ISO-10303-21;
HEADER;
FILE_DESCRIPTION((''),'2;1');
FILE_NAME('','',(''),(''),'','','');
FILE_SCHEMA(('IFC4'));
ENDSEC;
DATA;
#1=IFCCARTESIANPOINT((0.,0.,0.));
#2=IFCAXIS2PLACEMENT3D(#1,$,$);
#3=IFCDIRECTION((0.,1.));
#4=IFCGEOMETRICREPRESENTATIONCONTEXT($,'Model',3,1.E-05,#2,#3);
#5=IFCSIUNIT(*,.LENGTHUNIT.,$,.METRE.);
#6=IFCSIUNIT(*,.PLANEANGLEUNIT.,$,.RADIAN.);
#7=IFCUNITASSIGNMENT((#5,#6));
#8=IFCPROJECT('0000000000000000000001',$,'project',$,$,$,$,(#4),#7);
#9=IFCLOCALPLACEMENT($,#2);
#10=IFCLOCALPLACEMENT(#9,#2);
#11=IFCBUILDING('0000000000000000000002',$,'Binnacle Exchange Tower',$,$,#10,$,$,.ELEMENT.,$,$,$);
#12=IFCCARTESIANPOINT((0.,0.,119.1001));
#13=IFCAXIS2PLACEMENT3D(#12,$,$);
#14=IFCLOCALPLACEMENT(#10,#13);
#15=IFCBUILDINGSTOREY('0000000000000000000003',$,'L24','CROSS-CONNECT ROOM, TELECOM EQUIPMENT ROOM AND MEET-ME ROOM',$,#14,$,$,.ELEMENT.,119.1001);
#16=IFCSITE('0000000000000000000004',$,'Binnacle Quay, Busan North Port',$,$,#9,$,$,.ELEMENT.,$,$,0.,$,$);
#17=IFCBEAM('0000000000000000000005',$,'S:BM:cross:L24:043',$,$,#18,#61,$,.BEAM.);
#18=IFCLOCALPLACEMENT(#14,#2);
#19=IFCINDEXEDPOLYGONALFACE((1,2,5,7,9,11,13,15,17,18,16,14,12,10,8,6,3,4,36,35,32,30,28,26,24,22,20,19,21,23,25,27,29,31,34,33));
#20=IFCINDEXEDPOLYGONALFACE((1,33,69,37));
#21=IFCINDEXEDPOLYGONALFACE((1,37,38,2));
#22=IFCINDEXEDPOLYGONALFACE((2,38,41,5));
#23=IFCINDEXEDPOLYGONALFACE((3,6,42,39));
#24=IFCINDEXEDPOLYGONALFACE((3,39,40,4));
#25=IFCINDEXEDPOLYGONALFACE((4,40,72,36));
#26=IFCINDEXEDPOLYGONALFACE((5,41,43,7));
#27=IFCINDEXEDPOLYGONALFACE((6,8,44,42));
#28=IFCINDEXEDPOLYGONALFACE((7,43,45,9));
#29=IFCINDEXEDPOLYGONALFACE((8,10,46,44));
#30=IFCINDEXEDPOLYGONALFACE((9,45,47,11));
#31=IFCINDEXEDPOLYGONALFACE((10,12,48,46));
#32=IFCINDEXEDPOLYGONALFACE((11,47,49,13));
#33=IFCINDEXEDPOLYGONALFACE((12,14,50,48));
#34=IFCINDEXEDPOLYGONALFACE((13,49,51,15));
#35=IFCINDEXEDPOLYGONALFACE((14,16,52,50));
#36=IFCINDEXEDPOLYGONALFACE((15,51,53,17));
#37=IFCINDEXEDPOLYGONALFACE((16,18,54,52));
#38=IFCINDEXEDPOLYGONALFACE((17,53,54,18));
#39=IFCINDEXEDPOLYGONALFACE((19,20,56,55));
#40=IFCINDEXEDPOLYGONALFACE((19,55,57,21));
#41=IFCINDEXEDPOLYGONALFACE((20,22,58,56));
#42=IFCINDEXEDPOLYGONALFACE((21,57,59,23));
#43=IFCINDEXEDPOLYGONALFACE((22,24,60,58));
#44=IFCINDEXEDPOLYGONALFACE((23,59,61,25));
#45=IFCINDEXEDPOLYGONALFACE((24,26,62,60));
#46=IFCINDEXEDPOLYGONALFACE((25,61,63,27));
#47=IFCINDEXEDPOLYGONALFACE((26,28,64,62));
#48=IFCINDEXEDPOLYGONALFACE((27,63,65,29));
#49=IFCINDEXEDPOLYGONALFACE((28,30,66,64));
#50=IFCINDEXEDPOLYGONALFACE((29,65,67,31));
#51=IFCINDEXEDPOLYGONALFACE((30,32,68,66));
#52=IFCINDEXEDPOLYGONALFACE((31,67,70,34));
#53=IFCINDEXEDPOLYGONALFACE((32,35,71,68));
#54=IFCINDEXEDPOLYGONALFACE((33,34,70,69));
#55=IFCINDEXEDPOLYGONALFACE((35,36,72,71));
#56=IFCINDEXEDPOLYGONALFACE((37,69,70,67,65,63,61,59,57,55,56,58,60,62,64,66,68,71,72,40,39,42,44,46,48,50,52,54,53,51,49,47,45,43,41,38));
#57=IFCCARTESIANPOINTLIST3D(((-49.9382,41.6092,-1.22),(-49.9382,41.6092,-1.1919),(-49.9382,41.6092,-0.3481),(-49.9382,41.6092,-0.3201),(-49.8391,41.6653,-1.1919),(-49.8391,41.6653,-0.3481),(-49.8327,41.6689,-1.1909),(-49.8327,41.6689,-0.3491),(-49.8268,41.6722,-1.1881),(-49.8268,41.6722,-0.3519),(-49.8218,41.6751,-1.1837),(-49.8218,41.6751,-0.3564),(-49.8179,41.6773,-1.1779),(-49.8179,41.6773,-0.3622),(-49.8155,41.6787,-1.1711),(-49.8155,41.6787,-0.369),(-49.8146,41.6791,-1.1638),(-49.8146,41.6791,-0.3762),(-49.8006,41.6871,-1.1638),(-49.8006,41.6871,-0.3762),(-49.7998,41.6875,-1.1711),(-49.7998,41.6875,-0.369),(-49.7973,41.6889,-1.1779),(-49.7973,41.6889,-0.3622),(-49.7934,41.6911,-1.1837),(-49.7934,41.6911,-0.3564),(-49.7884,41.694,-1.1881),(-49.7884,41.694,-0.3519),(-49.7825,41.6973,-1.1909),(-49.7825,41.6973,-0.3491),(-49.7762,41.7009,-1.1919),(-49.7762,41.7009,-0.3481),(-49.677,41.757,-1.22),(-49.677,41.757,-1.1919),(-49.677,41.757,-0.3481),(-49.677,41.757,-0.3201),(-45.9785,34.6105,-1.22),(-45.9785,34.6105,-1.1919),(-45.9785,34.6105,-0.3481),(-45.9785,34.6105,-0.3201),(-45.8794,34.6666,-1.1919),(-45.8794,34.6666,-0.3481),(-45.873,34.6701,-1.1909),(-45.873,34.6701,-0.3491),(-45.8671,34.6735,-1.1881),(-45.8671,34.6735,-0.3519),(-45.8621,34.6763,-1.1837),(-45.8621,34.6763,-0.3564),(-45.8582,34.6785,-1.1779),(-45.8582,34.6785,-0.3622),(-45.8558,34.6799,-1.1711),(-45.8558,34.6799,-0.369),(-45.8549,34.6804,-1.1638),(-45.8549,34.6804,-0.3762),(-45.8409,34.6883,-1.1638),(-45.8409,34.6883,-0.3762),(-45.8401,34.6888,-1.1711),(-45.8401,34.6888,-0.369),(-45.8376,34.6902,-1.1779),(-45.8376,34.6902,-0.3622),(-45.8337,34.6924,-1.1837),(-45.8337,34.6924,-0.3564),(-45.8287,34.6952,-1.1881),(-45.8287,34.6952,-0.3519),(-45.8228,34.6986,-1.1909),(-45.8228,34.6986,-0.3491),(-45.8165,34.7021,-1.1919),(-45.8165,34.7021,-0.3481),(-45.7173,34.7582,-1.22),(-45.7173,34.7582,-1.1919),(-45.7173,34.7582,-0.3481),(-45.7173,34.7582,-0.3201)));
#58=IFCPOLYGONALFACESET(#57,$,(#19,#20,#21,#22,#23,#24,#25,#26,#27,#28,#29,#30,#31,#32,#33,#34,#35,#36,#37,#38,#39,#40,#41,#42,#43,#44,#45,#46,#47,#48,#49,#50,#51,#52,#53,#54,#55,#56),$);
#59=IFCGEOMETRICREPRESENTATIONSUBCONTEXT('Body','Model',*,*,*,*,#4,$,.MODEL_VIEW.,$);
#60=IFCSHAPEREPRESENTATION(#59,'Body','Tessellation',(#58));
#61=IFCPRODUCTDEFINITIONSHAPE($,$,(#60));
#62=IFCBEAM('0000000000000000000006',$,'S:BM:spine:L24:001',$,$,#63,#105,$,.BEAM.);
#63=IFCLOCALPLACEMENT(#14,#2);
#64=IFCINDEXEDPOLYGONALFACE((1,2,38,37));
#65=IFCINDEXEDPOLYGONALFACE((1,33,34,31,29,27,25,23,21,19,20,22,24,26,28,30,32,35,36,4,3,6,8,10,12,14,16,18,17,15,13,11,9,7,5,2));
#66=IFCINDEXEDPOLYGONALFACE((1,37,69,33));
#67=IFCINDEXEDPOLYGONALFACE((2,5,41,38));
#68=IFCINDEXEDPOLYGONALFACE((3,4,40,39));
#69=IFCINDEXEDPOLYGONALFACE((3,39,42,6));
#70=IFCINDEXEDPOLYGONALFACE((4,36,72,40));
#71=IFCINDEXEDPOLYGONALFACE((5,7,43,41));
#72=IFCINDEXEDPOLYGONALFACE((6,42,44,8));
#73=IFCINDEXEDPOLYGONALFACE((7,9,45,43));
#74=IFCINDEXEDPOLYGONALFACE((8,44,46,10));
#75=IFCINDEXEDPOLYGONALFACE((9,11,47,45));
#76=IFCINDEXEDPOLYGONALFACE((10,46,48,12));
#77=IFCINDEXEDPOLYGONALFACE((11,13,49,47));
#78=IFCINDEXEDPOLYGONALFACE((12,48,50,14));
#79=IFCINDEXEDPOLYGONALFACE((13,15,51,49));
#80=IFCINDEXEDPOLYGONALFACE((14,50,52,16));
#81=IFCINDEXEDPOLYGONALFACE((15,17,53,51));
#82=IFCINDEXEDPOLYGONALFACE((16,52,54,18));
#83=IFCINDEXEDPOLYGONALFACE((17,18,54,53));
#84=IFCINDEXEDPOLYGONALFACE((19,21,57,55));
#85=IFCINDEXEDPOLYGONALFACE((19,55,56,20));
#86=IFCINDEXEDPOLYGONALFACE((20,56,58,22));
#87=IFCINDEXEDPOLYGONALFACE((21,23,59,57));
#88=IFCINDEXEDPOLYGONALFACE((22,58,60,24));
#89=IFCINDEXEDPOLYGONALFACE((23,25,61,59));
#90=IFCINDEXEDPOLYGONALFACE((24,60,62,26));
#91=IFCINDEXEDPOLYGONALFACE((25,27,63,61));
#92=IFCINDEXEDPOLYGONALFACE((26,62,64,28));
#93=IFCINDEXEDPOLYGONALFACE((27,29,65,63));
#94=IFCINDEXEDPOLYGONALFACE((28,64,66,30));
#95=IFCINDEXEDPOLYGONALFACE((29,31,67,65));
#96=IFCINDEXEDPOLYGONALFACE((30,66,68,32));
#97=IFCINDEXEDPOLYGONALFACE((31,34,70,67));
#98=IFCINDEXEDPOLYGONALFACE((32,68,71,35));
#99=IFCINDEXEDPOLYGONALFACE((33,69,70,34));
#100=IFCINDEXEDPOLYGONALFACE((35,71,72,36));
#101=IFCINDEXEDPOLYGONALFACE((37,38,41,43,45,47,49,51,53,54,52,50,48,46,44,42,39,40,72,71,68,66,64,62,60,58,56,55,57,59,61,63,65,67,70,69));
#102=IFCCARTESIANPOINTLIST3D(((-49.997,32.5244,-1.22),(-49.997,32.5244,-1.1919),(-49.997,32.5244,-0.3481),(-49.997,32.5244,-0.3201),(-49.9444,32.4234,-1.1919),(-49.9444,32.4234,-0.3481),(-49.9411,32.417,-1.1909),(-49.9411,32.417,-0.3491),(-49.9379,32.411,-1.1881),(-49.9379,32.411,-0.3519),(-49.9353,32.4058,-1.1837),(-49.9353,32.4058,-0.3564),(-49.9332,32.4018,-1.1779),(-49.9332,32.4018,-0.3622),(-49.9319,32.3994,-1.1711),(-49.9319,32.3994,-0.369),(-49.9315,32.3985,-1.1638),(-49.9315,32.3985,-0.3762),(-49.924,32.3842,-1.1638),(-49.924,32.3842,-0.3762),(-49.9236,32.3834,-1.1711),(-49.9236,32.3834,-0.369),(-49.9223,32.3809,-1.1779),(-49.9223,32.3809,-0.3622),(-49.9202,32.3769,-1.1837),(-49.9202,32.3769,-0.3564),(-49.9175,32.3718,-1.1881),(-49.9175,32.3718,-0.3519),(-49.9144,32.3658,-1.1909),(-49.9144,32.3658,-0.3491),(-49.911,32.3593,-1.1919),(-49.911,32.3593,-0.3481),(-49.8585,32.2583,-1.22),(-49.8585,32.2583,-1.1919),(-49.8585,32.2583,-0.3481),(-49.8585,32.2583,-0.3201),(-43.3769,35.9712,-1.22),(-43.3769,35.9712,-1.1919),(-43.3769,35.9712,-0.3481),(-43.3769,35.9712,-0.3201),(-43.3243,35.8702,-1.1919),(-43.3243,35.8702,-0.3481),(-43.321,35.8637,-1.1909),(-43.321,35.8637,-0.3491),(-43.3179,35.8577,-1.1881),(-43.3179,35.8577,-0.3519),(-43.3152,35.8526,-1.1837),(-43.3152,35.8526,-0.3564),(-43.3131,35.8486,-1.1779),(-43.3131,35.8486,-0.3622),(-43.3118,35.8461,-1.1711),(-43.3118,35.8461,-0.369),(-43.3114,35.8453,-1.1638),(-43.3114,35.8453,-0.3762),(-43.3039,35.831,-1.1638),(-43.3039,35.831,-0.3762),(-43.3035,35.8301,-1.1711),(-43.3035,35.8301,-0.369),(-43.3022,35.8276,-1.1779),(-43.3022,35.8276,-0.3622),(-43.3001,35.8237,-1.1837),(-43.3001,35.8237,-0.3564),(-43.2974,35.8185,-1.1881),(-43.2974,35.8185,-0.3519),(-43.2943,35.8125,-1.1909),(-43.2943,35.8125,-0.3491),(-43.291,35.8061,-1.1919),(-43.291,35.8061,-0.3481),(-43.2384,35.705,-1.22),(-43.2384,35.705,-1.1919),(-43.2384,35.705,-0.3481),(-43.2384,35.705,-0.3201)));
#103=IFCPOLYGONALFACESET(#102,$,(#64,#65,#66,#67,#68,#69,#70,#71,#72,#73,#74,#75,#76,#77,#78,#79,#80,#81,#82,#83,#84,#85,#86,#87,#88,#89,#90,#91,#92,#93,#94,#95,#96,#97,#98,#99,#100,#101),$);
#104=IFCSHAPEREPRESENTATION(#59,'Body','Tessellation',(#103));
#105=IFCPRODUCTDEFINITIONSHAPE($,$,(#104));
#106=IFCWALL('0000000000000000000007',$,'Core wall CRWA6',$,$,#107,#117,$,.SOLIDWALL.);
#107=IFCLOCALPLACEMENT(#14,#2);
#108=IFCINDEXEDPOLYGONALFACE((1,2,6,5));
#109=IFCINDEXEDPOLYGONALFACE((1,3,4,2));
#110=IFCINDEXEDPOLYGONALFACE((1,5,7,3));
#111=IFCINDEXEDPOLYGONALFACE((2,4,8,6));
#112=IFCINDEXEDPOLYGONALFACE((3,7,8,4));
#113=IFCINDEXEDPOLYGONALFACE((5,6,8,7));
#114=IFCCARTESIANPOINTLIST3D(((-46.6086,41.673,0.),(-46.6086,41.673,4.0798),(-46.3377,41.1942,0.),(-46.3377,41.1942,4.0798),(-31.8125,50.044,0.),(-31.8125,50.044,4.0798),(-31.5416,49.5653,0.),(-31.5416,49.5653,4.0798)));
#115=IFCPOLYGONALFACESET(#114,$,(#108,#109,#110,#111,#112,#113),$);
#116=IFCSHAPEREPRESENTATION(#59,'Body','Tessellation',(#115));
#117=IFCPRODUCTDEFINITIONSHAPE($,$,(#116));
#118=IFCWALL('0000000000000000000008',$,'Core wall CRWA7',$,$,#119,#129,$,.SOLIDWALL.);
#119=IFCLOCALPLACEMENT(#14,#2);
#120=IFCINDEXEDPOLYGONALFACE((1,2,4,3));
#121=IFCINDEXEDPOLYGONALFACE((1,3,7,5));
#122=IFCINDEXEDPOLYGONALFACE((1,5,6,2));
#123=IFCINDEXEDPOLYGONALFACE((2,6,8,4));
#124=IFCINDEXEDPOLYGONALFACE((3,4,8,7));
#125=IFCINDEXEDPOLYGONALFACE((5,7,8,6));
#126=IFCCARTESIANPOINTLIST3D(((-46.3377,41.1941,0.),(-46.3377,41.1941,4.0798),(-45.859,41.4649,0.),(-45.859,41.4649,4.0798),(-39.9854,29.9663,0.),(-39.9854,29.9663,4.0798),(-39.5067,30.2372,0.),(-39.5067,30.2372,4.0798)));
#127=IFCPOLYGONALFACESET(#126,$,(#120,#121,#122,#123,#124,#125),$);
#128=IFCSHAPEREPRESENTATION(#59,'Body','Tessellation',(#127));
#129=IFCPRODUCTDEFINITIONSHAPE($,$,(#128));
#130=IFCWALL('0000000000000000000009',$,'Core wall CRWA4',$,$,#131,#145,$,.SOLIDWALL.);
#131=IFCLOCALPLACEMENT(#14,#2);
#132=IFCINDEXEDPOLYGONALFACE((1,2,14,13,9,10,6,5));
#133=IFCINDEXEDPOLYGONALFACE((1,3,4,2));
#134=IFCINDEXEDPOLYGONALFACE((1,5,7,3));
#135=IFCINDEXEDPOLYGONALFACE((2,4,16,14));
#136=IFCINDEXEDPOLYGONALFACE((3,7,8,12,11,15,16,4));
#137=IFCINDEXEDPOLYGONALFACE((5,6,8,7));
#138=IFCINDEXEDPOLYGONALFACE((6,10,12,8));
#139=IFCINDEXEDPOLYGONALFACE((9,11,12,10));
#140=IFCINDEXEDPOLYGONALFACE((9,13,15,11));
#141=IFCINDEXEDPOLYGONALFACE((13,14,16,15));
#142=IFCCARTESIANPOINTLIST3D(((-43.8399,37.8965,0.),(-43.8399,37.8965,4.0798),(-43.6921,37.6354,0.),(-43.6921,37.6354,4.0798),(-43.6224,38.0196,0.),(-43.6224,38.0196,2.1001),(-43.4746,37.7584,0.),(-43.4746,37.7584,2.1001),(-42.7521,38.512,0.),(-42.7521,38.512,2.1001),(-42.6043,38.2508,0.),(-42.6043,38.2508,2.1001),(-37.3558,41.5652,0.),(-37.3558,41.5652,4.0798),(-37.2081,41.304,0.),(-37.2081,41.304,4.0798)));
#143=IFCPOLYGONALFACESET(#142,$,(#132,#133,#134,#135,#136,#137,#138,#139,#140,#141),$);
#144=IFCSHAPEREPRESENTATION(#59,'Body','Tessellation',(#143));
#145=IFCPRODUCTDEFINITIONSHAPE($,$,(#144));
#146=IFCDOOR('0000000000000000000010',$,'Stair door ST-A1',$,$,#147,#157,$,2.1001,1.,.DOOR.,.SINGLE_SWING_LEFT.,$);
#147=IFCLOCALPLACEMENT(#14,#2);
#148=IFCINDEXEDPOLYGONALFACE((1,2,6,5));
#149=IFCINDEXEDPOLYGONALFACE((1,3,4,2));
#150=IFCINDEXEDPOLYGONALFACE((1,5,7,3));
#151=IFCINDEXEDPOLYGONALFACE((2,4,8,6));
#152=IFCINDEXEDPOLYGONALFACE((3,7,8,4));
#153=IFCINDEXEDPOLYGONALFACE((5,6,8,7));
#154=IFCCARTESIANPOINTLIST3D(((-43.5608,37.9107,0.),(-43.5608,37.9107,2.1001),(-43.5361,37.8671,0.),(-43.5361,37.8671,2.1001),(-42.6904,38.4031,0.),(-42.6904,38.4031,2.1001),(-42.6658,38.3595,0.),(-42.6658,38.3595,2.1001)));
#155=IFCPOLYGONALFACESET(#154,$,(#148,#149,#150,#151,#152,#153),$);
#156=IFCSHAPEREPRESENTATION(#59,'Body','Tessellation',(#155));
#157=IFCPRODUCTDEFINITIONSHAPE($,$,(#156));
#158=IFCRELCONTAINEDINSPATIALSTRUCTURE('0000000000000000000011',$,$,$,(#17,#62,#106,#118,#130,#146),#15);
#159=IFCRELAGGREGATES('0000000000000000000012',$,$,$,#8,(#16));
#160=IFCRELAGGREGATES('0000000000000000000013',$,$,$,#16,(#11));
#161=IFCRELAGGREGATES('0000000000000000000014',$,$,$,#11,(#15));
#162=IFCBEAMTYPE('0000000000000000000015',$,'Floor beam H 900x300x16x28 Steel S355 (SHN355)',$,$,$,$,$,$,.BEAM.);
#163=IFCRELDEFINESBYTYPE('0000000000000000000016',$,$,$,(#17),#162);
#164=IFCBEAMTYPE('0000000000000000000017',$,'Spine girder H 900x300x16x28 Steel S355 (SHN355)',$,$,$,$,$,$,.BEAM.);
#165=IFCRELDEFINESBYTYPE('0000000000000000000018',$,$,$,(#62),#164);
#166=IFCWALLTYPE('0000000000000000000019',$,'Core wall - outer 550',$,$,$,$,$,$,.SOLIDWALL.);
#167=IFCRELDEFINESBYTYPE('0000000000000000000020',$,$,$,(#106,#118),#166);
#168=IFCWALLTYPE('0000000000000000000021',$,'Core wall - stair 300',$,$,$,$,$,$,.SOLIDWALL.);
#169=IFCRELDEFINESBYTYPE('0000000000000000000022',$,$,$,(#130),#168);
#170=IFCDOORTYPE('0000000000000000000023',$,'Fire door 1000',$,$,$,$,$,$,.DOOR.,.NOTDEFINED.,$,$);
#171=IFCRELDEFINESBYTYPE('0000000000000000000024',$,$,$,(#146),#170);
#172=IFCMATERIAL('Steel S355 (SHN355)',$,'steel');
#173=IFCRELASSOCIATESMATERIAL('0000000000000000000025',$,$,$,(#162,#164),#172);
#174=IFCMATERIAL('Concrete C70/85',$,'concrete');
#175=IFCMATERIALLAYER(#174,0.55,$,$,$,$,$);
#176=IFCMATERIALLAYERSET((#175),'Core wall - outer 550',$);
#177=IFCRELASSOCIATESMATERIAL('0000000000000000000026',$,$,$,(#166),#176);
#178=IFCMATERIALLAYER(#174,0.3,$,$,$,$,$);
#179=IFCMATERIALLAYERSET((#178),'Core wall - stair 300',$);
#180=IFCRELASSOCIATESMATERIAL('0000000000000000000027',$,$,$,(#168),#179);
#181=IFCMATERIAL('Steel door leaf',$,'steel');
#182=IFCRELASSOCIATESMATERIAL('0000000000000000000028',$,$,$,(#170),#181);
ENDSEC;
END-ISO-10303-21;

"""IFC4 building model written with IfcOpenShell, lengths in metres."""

from ifc_helpers import new_model, si_unit, direction, frame, frame_2d, origin, origin_2d, place, context, subcontext, project, spatial, rectangle, i_section, extrude, material, layer, layer_set, material_profile, profile_set, type_object, element, fill, save


model = new_model("IFC4")

# Units and contexts
model_context = context("Model", 3, precision=1e-05, world=origin(), true_north=direction((0.0, 1.0)))
body_context = subcontext(model_context, "Body", "Model", "MODEL_VIEW")
ifc_project = project(units=[si_unit("LENGTHUNIT", "METRE"), si_unit("PLANEANGLEUNIT", "RADIAN")], contexts=[model_context])

# Site, building, storey
site_placement = place(None, origin())
site = spatial("IfcSite", under=ifc_project, at=site_placement, Name="Binnacle Quay, Busan North Port", CompositionType="ELEMENT", RefElevation=0.0)
building_placement = place(site_placement, origin())
building = spatial("IfcBuilding", under=site, at=building_placement, Name="Binnacle Exchange Tower", CompositionType="ELEMENT")
storey_placement = place(building_placement, frame((0.0, 0.0, 119.1001)))
storey = spatial("IfcBuildingStorey", under=building, at=storey_placement, Name="L24", Description="CROSS-CONNECT ROOM, TELECOM EQUIPMENT ROOM AND MEET-ME ROOM", CompositionType="ELEMENT", Elevation=119.1001)

# Shared definitions
ifc_material_1 = material(Name="Concrete C70/85", Category="concrete")

# Beams
ifc_material_2 = material(Name="Steel S355 (SHN355)", Category="steel")
ifc_material_profile_1 = material_profile(ifc_material_2, i_section(OverallWidth=0.3, OverallDepth=0.8999, WebThickness=0.0161, FlangeThickness=0.0281, FilletRadius=0.0281, at=origin_2d()), Name="H 900x300x16x28")
ifc_profile_set_1 = profile_set([ifc_material_profile_1], Name="Steel S355 (SHN355)")
beam_type_1 = type_object("IfcBeamType", Name="Floor beam H 900x300x16x28 Steel S355 (SHN355)", PredefinedType="BEAM", material=ifc_profile_set_1)
beam_1_placement = place(storey_placement, frame((-49.8076, 41.6831, -0.77), z_axis=(0.492423, -0.870356, 0.0), x_axis=(0.870356, 0.492423, 0.0)))
element("IfcBeam", 1, at=beam_1_placement, inside=storey, type_object=beam_type_1, Name="S:BM:cross:L24:043", PredefinedType="BEAM", context=body_context, shape_type="SweptSolid", body=[
    extrude(i_section(OverallWidth=0.3, OverallDepth=0.8999, WebThickness=0.0161, FlangeThickness=0.0281, FilletRadius=0.0281, at=origin_2d()), origin(), (0.0, 0.0, 1.0), 8.0413),
])
ifc_material_profile_2 = material_profile(ifc_material_2, i_section(OverallWidth=0.3, OverallDepth=0.8999, WebThickness=0.0161, FlangeThickness=0.0281, FilletRadius=0.0281, at=origin_2d()), Name="H 900x300x16x28")
ifc_profile_set_2 = profile_set([ifc_material_profile_2], Name="Steel S355 (SHN355)")
beam_type_2 = type_object("IfcBeamType", Name="Spine girder H 900x300x16x28 Steel S355 (SHN355)", PredefinedType="BEAM", material=ifc_profile_set_2)
beam_2_placement = place(storey_placement, frame((-49.9277, 32.3914, -0.77), z_axis=(0.88698, 0.461808, 0.0), x_axis=(-0.461808, 0.88698, 0.0)))
element("IfcBeam", 2, at=beam_2_placement, inside=storey, type_object=beam_type_2, Name="S:BM:spine:L24:001", PredefinedType="BEAM", context=body_context, shape_type="SweptSolid", body=[
    extrude(i_section(OverallWidth=0.3, OverallDepth=0.8999, WebThickness=0.0161, FlangeThickness=0.0281, FilletRadius=0.0281, at=origin_2d()), origin(), (0.0, 0.0, 1.0), 7.4636),
])

# Walls
ifc_layer_1 = layer(ifc_material_1, 0.55)
ifc_layer_set_1 = layer_set([ifc_layer_1], Name="Core wall - outer 550")
wall_type_1 = type_object("IfcWallType", Name="Core wall - outer 550", PredefinedType="SOLIDWALL", material=ifc_layer_set_1)
wall_1_placement = place(storey_placement, frame((-46.4731, 41.4336, 0.0), z_axis=(0.0, 0.0, 1.0), x_axis=(0.87036, 0.492416, 0.0)))
element("IfcWall", 3, at=wall_1_placement, inside=storey, type_object=wall_type_1, Name="Core wall CRWA6", PredefinedType="SOLIDWALL", context=body_context, shape_type="SweptSolid", body=[
    extrude(rectangle(XDim=17.0, YDim=0.55, at=frame_2d((8.5, 0.0))), origin(), (0.0, 0.0, 1.0), 4.0798),
])
wall_2_placement = place(storey_placement, frame((-46.0984, 41.3296, 0.0), z_axis=(0.0, 0.0, 1.0), x_axis=(0.492419, -0.870358, 0.0)))
element("IfcWall", 4, at=wall_2_placement, inside=storey, type_object=wall_type_1, Name="Core wall CRWA7", PredefinedType="SOLIDWALL", context=body_context, shape_type="SweptSolid", body=[
    extrude(rectangle(XDim=12.9001, YDim=0.55, at=frame_2d((6.4502, 0.0))), origin(), (0.0, 0.0, 1.0), 4.0798),
])

# Wall, opening, door
ifc_layer_2 = layer(ifc_material_1, 0.3)
ifc_layer_set_2 = layer_set([ifc_layer_2], Name="Core wall - stair 300")
wall_type_2 = type_object("IfcWallType", Name="Core wall - stair 300", PredefinedType="SOLIDWALL", material=ifc_layer_set_2)
wall_3_placement = place(storey_placement, frame((-43.7661, 37.7659, 0.0), z_axis=(0.0, 0.0, 1.0), x_axis=(0.870347, 0.492439, 0.0)))
wall_3 = element("IfcWall", 5, at=wall_3_placement, inside=storey, type_object=wall_type_2, Name="Core wall CRWA4", PredefinedType="SOLIDWALL", context=body_context, shape_type="SweptSolid", body=[
    extrude(rectangle(XDim=7.45, YDim=0.3, at=frame_2d((3.7251, 0.0))), origin(), (0.0, 0.0, 1.0), 4.0798),
])
opening_1_placement = place(wall_3_placement, frame((0.25, 0.0, 0.0)))
opening_1 = element("IfcOpeningElement", 6, at=opening_1_placement, cuts=wall_3, PredefinedType="OPENING", context=body_context, shape_type="SweptSolid", body=[
    extrude(rectangle(XDim=1.0, YDim=2.1001, at=frame_2d((0.5, 1.05))), frame((0.0, 0.1599, 0.0), z_axis=(0.0, -1.0, 0.0), x_axis=(1.0, 0.0, 0.0)), (0.0, 0.0, 1.0), 0.3201),
])
ifc_material_3 = material(Name="Steel door leaf", Category="steel")
door_type = type_object("IfcDoorType", Name="Fire door 1000", OperationType="NOTDEFINED", PredefinedType="DOOR", material=ifc_material_3)
door_placement = place(opening_1_placement, origin())
door = element("IfcDoor", 7, at=door_placement, inside=storey, type_object=door_type, Name="Stair door ST-A1", OperationType="SINGLE_SWING_LEFT", OverallHeight=2.1001, OverallWidth=1.0, PredefinedType="DOOR", context=body_context, shape_type="SweptSolid", body=[
    extrude(rectangle(XDim=1.0, YDim=2.1001, at=frame_2d((0.5, 1.05))), frame((0.0, 0.0249, 0.0), z_axis=(0.0, -1.0, 0.0), x_axis=(1.0, 0.0, 0.0)), (0.0, 0.0, 1.0), 0.05),
])
fill(opening_1, door)

save(model, "model.ifc")
